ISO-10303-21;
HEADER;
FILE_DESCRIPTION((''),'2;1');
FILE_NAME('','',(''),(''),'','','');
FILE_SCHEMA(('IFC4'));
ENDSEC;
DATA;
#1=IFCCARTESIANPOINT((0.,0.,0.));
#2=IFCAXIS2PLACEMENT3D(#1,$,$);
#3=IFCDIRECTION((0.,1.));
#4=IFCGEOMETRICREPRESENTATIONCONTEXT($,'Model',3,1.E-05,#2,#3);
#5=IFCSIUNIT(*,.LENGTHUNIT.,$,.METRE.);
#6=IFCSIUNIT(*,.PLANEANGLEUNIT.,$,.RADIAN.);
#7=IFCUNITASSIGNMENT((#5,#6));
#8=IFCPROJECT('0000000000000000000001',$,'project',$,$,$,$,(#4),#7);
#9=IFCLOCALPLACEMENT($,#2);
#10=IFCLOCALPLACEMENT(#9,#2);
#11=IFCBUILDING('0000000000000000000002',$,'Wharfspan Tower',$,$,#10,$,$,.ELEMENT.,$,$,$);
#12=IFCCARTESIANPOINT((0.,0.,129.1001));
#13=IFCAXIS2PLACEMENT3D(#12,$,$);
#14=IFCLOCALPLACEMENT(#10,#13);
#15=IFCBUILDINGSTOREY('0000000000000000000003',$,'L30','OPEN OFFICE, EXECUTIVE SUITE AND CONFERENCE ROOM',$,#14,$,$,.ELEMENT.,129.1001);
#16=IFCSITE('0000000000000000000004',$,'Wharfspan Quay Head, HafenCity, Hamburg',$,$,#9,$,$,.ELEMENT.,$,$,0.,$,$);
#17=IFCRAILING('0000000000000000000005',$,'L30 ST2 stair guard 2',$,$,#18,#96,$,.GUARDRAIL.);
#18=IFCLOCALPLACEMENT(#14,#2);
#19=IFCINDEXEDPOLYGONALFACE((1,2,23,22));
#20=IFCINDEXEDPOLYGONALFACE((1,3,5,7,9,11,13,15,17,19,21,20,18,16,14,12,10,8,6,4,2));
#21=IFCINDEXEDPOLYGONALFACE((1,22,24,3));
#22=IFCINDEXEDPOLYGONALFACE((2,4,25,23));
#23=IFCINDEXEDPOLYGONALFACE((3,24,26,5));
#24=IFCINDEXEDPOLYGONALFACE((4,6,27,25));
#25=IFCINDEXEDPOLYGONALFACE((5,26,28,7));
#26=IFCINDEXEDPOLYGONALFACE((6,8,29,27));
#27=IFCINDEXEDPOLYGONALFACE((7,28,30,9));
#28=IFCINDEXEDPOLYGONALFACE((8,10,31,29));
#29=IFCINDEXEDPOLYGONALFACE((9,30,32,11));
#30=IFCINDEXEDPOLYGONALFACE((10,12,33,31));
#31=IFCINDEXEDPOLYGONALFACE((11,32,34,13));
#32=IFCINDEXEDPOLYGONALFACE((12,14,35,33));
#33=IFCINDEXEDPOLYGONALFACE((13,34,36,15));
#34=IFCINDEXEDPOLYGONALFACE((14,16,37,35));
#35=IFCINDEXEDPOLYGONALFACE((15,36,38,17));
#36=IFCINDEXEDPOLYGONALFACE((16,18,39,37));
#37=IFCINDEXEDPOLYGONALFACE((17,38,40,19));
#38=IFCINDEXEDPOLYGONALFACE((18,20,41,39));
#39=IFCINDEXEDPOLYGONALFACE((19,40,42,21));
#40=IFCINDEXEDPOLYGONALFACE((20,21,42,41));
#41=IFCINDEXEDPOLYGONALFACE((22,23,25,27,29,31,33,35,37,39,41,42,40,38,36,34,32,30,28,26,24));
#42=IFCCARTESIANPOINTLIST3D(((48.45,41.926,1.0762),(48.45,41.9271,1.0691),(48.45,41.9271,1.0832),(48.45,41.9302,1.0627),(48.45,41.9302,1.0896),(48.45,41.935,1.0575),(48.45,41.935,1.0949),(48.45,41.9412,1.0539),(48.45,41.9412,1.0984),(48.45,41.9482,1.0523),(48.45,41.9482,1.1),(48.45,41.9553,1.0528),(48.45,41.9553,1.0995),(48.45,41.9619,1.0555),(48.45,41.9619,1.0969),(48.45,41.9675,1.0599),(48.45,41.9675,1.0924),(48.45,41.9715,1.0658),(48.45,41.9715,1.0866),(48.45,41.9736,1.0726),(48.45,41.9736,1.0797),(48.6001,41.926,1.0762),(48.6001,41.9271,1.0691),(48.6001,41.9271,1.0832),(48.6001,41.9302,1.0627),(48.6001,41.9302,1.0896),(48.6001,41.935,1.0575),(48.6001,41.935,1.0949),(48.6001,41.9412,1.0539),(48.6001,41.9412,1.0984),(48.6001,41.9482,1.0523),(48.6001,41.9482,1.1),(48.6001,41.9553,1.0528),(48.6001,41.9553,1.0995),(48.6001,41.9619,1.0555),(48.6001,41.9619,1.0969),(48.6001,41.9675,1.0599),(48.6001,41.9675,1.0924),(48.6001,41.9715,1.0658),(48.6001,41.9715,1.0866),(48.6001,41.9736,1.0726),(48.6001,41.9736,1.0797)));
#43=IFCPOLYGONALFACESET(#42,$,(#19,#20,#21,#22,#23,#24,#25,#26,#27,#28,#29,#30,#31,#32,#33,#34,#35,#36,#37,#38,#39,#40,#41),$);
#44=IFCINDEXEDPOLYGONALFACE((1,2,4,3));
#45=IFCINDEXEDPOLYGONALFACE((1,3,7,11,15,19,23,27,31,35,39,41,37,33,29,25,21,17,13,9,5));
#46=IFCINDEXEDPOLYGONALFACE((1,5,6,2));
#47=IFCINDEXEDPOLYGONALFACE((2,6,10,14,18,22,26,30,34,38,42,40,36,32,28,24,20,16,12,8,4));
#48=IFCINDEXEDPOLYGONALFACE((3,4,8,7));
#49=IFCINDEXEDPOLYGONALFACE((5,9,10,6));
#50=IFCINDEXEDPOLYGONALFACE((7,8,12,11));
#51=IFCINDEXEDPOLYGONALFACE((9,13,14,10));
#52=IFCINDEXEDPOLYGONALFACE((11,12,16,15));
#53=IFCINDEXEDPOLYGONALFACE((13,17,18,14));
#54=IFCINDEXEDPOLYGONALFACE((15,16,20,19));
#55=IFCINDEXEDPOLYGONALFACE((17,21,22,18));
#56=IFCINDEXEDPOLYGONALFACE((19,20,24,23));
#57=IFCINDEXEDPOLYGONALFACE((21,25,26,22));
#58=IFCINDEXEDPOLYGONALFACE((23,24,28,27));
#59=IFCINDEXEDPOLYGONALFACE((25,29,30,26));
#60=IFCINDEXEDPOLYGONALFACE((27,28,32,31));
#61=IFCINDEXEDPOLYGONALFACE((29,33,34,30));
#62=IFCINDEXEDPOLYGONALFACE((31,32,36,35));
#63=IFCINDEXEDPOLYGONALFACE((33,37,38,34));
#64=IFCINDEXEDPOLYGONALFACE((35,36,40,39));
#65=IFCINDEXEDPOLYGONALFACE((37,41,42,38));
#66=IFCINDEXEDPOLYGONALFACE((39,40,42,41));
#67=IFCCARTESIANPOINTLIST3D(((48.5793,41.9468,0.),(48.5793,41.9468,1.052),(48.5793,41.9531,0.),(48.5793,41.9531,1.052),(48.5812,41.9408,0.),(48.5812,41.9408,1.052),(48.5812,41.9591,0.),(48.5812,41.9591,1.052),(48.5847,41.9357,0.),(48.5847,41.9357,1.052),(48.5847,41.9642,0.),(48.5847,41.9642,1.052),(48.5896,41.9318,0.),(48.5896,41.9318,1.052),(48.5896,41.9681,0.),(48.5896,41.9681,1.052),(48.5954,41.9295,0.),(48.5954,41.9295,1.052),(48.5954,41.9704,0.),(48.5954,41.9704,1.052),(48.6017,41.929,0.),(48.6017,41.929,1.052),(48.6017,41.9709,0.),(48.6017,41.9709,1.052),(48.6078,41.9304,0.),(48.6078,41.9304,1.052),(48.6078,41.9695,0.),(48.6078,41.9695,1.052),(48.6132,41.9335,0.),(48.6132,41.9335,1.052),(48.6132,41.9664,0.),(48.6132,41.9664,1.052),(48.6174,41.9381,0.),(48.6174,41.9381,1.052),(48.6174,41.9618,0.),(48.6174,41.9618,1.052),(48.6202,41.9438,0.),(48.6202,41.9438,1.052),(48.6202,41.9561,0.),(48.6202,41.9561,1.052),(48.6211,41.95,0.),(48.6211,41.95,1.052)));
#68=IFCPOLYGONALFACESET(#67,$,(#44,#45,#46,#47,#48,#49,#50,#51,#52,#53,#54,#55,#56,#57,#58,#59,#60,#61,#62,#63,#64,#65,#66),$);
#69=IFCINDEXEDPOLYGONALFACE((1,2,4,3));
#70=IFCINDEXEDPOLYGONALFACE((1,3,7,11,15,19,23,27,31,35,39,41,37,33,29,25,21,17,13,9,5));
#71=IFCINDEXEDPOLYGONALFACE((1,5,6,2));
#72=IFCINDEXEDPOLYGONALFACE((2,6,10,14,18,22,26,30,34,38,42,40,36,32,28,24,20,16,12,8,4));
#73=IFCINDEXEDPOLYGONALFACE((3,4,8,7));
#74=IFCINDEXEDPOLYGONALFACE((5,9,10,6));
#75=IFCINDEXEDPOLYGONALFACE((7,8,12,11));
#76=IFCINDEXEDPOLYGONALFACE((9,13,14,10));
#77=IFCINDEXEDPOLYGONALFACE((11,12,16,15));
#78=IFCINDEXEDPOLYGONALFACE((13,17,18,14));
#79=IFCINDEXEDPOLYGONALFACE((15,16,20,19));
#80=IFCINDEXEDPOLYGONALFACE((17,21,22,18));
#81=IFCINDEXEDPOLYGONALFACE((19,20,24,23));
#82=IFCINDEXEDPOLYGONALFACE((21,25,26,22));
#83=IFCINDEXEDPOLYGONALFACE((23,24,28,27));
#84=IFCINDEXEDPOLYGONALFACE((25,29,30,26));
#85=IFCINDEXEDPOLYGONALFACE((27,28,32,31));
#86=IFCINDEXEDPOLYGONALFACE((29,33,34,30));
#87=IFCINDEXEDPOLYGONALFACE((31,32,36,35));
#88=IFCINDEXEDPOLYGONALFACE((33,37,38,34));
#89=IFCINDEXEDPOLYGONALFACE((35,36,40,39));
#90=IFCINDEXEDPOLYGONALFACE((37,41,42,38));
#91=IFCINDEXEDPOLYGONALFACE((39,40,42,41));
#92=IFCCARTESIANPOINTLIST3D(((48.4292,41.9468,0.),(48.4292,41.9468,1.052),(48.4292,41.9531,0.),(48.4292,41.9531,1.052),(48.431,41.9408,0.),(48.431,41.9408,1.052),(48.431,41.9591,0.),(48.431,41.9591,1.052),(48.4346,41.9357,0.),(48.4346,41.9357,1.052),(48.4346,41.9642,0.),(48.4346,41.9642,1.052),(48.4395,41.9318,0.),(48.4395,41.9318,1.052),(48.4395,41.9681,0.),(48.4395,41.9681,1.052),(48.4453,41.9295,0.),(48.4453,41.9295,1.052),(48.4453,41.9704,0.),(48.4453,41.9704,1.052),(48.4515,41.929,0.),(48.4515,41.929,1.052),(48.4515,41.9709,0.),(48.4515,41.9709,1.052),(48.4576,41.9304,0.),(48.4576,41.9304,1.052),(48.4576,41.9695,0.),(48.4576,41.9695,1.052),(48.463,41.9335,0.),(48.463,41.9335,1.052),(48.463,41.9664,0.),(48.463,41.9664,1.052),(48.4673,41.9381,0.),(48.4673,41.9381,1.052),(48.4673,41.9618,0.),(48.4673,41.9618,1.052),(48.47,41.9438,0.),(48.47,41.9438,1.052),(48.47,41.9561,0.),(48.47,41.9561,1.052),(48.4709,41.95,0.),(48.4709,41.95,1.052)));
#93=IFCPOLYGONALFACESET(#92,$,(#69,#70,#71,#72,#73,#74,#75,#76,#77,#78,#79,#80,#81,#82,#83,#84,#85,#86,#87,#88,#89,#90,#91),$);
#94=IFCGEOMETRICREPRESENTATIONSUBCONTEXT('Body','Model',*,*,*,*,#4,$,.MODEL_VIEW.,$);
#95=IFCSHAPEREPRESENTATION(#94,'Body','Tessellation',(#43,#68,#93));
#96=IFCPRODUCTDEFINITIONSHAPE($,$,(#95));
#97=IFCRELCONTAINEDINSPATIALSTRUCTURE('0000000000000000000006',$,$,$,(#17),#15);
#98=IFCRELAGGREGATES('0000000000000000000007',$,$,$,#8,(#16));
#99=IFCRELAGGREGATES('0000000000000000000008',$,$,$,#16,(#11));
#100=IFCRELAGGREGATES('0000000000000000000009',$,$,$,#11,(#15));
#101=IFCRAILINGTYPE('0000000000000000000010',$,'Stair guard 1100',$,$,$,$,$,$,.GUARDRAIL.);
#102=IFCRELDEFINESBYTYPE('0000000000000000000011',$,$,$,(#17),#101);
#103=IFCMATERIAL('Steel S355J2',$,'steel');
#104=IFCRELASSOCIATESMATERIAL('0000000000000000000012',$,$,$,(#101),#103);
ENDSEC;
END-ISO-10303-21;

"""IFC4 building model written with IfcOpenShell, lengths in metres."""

from ifc_helpers import new_model, si_unit, direction, frame, origin, origin_2d, place, context, subcontext, project, spatial, circle, extrude, material, type_object, element, save


model = new_model("IFC4")

# Units and contexts
model_context = context("Model", 3, precision=1e-05, world=origin(), true_north=direction((0.0, 1.0)))
body_context = subcontext(model_context, "Body", "Model", "MODEL_VIEW")
ifc_project = project(units=[si_unit("LENGTHUNIT", "METRE"), si_unit("PLANEANGLEUNIT", "RADIAN")], contexts=[model_context])

# Site, building, storey
site_placement = place(None, origin())
site = spatial("IfcSite", under=ifc_project, at=site_placement, Name="Wharfspan Quay Head, HafenCity, Hamburg", CompositionType="ELEMENT", RefElevation=0.0)
building_placement = place(site_placement, origin())
building = spatial("IfcBuilding", under=site, at=building_placement, Name="Wharfspan Tower", CompositionType="ELEMENT")
storey_placement = place(building_placement, frame((0.0, 0.0, 129.1001)))
storey = spatial("IfcBuildingStorey", under=building, at=storey_placement, Name="L30", Description="OPEN OFFICE, EXECUTIVE SUITE AND CONFERENCE ROOM", CompositionType="ELEMENT", Elevation=129.1001)

# Shared definitions
ifc_material_1 = material(Name="Steel S355J2", Category="steel")

# Railing
railing_type_1 = type_object("IfcRailingType", Name="Stair guard 1100", PredefinedType="GUARDRAIL", material=ifc_material_1)
railing_1_placement = place(storey_placement, frame((48.6001, 41.95, 0.0)))
element("IfcRailing", 1, at=railing_1_placement, inside=storey, type_object=railing_type_1, Name="L30 ST2 stair guard 2", PredefinedType="GUARDRAIL", context=body_context, shape_type="SweptSolid", body=[
    extrude(circle(Radius=0.0239, at=origin_2d()), frame((0.0, 0.0, 1.0762), z_axis=(-1.0, 0.0, 0.0), x_axis=(0.0, -1.0, 0.0)), (0.0, 0.0, 1.0), 0.1501),
    extrude(circle(Radius=0.021, at=origin_2d()), origin(), (0.0, 0.0, 1.0), 1.052),
    extrude(circle(Radius=0.021, at=origin_2d()), frame((-0.1501, 0.0, 0.0)), (0.0, 0.0, 1.0), 1.052),
])

save(model, "model.ifc")
